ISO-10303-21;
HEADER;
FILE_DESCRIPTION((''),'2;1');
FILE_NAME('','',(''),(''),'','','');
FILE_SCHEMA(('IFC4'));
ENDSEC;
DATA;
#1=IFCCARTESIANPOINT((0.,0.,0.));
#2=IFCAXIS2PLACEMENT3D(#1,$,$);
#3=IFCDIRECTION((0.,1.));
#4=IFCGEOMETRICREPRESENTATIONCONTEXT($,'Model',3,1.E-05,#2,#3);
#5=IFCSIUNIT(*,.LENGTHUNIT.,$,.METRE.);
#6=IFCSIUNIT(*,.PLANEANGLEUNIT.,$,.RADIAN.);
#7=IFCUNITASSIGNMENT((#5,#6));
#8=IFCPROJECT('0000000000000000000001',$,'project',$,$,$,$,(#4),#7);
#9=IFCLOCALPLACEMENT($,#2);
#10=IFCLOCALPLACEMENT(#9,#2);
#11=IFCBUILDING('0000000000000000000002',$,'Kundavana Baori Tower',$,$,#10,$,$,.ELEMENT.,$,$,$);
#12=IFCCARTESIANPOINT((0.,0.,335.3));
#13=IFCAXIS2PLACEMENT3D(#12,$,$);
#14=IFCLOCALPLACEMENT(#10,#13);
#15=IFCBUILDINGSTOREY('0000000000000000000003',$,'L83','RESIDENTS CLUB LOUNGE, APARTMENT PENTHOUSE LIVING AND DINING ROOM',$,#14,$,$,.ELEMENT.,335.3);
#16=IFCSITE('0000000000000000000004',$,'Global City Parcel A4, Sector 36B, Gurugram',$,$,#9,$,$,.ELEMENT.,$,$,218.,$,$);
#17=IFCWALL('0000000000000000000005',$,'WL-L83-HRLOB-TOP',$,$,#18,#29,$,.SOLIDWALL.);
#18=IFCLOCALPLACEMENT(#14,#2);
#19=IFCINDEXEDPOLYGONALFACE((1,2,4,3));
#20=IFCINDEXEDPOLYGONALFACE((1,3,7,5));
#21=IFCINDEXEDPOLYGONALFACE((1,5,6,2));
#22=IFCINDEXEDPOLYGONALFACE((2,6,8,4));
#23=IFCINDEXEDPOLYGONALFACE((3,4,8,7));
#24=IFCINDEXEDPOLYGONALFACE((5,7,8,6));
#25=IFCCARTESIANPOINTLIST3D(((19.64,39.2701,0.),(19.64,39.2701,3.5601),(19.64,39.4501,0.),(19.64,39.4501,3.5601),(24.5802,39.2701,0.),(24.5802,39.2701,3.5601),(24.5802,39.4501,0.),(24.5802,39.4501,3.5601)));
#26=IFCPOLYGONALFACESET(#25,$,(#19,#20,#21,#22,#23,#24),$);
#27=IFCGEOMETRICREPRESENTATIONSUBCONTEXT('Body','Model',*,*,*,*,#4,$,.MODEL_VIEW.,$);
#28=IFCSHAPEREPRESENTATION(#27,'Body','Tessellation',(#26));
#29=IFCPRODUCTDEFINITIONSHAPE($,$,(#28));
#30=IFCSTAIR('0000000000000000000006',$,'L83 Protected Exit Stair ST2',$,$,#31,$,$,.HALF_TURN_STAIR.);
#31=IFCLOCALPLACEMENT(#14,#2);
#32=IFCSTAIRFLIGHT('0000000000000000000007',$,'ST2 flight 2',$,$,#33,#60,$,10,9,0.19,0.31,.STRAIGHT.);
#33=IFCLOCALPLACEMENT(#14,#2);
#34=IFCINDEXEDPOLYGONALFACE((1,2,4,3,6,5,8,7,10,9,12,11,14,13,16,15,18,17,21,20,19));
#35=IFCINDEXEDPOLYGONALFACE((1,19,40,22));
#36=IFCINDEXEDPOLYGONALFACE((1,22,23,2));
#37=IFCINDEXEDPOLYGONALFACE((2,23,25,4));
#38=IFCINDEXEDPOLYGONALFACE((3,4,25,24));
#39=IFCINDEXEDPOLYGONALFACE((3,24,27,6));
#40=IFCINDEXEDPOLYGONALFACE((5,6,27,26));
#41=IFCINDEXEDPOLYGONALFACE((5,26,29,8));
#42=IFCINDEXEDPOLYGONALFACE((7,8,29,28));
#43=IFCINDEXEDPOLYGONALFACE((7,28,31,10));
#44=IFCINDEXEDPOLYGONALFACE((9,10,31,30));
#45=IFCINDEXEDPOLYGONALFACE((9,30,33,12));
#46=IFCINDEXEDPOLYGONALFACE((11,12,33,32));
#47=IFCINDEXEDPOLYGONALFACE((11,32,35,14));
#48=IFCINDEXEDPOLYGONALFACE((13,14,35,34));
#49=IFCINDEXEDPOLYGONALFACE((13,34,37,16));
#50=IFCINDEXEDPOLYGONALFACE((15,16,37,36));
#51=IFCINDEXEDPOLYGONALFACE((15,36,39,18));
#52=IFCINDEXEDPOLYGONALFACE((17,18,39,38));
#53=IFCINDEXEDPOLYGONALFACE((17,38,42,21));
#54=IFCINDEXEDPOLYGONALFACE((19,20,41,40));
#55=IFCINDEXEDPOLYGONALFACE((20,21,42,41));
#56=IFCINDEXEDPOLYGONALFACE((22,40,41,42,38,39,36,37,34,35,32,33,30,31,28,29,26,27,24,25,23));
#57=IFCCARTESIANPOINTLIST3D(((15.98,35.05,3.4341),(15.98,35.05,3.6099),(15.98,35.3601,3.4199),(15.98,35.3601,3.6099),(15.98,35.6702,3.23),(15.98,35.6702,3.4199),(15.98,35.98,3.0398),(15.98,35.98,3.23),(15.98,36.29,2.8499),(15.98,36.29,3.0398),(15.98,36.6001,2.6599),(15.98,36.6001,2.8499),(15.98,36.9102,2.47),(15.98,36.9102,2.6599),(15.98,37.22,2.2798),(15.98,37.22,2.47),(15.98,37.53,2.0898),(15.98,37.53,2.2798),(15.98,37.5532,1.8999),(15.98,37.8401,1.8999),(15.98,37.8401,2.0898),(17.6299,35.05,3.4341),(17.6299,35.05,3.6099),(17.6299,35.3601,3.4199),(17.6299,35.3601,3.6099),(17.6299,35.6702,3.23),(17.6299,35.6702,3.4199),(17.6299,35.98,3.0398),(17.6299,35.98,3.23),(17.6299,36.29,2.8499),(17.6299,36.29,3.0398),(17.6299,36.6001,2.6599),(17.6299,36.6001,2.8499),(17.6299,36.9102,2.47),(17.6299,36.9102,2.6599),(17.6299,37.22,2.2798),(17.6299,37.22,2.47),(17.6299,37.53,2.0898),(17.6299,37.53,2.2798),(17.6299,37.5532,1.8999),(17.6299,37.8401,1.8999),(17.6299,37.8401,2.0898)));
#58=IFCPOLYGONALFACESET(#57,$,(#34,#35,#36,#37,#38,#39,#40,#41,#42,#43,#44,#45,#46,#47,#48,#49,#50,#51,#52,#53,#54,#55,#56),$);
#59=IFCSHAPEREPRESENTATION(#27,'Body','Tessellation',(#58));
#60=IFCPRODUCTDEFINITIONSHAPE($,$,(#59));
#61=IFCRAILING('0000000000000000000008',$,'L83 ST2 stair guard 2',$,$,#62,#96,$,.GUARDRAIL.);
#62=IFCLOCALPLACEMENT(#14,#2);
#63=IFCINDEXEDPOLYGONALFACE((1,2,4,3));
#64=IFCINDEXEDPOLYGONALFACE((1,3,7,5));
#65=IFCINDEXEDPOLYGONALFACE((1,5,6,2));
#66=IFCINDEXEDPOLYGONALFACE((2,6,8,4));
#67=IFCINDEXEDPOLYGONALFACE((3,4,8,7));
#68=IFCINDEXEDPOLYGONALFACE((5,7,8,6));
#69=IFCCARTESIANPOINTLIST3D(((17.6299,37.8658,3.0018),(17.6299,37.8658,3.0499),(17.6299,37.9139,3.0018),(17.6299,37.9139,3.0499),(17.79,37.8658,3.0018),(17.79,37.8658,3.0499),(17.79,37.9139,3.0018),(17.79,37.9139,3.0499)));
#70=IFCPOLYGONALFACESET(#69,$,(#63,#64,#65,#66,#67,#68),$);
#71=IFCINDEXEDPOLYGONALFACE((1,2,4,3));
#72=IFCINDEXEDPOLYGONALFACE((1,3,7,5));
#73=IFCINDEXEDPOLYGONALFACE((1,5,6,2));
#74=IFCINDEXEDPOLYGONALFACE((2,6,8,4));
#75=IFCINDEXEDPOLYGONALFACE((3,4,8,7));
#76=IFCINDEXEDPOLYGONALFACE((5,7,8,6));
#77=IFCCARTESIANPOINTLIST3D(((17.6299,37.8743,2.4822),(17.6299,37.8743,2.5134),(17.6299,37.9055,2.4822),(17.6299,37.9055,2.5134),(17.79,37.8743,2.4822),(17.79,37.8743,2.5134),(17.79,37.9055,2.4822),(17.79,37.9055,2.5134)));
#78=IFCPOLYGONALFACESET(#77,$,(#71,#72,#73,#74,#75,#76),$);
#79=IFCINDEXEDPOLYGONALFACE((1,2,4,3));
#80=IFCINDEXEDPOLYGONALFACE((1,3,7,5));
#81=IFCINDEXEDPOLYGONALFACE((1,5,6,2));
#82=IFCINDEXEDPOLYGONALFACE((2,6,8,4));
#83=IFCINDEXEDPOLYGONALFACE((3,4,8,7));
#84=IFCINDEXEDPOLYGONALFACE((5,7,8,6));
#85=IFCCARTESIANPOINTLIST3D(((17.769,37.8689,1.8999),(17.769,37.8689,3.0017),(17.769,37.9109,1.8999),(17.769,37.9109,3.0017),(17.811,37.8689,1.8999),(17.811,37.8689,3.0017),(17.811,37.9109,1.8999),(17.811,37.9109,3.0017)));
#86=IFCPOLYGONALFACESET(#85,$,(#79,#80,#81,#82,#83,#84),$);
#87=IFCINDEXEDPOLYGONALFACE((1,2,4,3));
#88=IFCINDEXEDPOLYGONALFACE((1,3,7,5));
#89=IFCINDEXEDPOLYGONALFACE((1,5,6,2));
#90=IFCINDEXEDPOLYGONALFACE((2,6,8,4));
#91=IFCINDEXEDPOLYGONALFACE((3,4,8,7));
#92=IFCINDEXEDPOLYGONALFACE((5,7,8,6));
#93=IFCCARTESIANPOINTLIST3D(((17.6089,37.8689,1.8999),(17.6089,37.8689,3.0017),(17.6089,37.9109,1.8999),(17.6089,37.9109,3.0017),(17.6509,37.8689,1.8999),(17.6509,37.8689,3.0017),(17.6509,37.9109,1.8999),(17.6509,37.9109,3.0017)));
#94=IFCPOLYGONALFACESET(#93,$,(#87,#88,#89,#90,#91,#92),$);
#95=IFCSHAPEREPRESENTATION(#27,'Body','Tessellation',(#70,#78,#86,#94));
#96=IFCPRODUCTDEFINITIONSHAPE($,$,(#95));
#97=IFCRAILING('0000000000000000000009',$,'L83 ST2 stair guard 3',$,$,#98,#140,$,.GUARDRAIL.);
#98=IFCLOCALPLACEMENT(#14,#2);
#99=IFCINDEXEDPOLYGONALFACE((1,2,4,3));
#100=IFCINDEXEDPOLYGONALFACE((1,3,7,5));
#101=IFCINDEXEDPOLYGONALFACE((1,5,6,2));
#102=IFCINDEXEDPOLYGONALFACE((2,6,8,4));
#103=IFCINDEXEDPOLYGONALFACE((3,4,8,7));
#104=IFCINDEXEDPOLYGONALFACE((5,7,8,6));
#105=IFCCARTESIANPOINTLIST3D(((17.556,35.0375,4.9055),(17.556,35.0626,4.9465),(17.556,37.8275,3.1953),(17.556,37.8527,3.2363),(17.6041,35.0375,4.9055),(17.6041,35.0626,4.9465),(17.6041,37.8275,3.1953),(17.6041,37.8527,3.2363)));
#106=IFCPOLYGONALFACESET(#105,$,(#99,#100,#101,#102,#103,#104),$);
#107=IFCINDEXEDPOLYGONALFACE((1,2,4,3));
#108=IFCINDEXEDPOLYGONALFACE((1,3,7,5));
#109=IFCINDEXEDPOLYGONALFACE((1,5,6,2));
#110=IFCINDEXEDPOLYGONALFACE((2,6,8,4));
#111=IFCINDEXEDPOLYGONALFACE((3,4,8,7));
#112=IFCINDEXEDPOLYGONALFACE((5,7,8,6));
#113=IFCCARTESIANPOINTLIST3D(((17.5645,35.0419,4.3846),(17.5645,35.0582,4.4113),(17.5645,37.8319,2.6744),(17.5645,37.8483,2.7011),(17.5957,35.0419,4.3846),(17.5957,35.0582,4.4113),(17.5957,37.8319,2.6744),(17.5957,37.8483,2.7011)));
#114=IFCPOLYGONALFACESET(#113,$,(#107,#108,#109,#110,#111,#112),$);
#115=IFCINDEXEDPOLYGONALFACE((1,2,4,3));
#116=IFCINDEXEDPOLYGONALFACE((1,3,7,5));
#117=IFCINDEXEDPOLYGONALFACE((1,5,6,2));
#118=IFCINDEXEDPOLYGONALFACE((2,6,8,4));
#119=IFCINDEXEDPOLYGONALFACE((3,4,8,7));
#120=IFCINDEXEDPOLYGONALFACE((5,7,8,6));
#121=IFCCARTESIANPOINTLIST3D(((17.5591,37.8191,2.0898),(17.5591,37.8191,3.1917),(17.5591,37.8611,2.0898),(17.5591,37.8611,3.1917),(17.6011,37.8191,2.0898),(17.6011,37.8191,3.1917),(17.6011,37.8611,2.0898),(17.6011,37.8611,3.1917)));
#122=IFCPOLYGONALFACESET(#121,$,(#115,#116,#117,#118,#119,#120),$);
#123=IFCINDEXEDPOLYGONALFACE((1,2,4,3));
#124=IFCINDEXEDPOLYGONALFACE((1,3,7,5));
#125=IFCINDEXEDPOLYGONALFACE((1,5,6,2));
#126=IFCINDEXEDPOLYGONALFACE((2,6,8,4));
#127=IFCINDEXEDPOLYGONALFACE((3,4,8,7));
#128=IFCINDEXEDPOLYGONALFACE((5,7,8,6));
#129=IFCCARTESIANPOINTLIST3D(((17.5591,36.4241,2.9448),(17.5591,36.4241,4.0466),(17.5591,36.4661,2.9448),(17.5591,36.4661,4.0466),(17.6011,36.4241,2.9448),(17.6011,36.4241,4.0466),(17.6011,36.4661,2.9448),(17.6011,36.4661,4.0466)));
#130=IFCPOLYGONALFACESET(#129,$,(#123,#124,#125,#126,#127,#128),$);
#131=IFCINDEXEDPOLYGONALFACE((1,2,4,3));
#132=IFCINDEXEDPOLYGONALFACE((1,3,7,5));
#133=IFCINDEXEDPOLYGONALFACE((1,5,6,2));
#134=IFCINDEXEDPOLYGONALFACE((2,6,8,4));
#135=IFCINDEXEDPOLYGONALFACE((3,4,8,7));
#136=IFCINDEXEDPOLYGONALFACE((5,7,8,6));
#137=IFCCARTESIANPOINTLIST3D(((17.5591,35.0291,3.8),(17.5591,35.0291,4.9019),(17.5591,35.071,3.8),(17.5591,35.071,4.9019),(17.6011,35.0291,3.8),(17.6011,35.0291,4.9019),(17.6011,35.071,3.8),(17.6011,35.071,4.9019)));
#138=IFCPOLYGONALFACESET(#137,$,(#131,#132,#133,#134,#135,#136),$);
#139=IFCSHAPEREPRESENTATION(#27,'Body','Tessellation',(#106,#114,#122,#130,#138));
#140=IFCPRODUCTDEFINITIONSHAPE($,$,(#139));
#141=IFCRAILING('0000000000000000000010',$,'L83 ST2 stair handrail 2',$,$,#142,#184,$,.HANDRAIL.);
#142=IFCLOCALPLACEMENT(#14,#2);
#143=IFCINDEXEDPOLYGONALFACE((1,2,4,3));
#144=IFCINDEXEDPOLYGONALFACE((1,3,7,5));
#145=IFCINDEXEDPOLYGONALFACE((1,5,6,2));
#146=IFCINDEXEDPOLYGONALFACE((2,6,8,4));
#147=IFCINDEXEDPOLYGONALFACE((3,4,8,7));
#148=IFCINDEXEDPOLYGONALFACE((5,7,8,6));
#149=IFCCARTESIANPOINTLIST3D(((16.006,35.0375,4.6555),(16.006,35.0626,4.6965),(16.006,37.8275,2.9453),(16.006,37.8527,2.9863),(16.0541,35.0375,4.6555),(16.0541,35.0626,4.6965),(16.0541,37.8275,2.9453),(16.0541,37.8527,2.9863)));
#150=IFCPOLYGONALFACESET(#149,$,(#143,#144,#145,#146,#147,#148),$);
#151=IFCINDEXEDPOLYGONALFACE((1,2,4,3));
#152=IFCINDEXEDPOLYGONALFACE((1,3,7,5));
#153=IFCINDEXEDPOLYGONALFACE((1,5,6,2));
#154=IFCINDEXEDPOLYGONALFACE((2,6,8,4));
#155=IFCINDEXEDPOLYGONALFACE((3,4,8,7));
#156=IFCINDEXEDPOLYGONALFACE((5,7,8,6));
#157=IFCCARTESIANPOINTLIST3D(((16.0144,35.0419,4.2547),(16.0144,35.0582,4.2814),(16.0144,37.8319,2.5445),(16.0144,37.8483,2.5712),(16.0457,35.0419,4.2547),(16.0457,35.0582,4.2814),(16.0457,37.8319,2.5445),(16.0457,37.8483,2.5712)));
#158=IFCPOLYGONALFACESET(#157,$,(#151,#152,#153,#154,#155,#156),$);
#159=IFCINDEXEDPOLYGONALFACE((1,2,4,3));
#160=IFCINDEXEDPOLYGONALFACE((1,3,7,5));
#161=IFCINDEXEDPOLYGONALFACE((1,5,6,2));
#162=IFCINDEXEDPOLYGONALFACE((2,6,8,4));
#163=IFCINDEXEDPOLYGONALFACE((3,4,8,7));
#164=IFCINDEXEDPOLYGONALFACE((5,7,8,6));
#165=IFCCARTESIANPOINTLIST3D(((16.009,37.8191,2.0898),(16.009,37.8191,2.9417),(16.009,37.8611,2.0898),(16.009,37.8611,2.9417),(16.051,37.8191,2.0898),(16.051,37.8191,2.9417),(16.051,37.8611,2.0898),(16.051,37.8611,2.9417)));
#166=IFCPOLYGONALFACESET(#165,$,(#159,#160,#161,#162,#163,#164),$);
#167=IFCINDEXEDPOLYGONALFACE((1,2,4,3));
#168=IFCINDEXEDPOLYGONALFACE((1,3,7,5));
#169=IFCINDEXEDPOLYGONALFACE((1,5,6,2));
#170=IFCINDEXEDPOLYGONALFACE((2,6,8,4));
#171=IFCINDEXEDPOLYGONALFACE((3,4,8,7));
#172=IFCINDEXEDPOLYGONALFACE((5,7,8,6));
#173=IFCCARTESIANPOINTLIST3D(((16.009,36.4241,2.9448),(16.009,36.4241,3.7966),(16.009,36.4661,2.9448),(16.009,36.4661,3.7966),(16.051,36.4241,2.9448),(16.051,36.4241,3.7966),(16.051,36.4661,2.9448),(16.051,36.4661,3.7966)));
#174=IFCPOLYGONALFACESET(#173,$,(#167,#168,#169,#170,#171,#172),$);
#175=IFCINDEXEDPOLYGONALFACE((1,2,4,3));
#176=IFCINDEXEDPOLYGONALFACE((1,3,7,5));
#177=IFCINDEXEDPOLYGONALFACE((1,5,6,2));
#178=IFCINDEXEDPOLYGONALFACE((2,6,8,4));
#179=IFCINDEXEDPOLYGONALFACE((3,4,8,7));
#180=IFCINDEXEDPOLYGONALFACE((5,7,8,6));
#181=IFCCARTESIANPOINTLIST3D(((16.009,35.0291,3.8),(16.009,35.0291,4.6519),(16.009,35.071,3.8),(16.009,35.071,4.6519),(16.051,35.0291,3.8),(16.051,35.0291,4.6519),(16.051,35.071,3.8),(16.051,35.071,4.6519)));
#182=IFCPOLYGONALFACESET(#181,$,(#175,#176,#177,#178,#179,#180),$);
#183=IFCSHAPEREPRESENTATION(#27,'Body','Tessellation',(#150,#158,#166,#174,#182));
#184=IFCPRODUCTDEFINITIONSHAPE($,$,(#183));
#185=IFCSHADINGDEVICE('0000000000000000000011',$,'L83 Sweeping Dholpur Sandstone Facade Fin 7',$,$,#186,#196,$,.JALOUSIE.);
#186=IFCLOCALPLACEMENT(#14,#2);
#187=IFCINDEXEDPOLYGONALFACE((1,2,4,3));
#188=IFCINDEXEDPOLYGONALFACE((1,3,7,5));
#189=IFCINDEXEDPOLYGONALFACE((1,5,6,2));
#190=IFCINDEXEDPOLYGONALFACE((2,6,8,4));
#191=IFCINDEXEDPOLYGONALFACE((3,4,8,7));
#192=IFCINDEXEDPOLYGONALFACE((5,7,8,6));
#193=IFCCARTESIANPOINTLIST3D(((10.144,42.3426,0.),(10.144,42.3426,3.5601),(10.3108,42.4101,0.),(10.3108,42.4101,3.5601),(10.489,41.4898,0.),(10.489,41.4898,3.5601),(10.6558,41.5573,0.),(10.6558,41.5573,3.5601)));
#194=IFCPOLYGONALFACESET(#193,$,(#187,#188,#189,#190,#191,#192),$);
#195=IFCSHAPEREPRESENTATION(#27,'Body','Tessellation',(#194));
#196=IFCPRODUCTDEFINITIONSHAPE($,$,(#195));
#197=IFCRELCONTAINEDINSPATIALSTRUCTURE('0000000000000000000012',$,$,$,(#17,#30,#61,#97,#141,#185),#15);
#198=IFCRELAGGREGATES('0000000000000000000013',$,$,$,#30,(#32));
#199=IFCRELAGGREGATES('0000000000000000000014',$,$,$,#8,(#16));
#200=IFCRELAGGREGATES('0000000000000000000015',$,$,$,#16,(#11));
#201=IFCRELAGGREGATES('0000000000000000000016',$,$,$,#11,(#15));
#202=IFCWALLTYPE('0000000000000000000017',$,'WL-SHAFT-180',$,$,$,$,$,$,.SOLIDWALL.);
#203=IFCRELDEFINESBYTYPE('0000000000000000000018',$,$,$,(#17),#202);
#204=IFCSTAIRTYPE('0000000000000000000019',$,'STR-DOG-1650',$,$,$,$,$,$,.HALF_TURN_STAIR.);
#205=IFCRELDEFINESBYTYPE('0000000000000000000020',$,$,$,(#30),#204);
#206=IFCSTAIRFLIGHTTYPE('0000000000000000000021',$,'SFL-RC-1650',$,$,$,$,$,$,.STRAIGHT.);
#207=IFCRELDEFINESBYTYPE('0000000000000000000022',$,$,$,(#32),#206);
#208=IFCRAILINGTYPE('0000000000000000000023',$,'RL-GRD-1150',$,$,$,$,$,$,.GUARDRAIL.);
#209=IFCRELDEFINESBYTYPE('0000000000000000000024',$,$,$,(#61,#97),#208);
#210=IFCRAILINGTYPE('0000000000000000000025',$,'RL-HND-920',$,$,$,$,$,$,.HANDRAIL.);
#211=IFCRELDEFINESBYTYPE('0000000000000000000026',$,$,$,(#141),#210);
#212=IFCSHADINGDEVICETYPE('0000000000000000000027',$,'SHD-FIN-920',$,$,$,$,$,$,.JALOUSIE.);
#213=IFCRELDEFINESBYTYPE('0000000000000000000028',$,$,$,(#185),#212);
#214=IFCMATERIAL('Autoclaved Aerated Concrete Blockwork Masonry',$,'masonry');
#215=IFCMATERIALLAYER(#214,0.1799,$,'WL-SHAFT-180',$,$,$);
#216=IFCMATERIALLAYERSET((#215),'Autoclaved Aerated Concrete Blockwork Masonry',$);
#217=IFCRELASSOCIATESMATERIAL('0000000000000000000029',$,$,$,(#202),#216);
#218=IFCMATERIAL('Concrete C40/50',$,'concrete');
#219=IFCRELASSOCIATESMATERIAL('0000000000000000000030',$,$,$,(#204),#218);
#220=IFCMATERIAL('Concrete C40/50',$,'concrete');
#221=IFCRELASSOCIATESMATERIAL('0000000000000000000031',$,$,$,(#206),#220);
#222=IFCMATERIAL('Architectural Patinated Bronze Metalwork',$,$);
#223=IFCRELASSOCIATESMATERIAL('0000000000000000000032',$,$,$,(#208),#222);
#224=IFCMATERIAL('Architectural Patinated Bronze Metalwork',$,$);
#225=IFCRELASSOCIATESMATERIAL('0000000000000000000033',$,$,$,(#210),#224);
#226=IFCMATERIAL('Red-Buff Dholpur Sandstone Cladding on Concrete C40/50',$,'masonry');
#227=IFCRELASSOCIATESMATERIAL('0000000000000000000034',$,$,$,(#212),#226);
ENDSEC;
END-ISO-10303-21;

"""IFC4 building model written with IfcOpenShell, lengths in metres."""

from ifc_helpers import new_model, si_unit, direction, frame, frame_2d, origin, origin_2d, place, context, subcontext, project, spatial, polyline, rectangle, outline, extrude, material, layer, layer_set, type_object, element, aggregate, save


model = new_model("IFC4")

# Units and contexts
model_context = context("Model", 3, precision=1e-05, world=origin(), true_north=direction((0.0, 1.0)))
body_context = subcontext(model_context, "Body", "Model", "MODEL_VIEW")
ifc_project = project(units=[si_unit("LENGTHUNIT", "METRE"), si_unit("PLANEANGLEUNIT", "RADIAN")], contexts=[model_context])

# Site, building, storey
site_placement = place(None, origin())
site = spatial("IfcSite", under=ifc_project, at=site_placement, Name="Global City Parcel A4, Sector 36B, Gurugram", CompositionType="ELEMENT", RefElevation=218.0)
building_placement = place(site_placement, origin())
building = spatial("IfcBuilding", under=site, at=building_placement, Name="Kundavana Baori Tower", CompositionType="ELEMENT")
storey_placement = place(building_placement, frame((0.0, 0.0, 335.3)))
storey = spatial("IfcBuildingStorey", under=building, at=storey_placement, Name="L83", Description="RESIDENTS CLUB LOUNGE, APARTMENT PENTHOUSE LIVING AND DINING ROOM", CompositionType="ELEMENT", Elevation=335.3)

# Wall
ifc_material_1 = material(Name="Autoclaved Aerated Concrete Blockwork Masonry", Category="masonry")
ifc_layer_1 = layer(ifc_material_1, 0.1799, Name="WL-SHAFT-180")
ifc_layer_set_1 = layer_set([ifc_layer_1], Name="Autoclaved Aerated Concrete Blockwork Masonry")
wall_type_1 = type_object("IfcWallType", Name="WL-SHAFT-180", PredefinedType="SOLIDWALL", material=ifc_layer_set_1)
wall_1_placement = place(storey_placement, frame((19.6399, 39.3601, 0.0), z_axis=(0.0, 0.0, 1.0), x_axis=(1.0, 0.0, 0.0)))
element("IfcWall", 1, at=wall_1_placement, inside=storey, type_object=wall_type_1, Name="WL-L83-HRLOB-TOP", PredefinedType="SOLIDWALL", context=body_context, shape_type="SweptSolid", body=[
    extrude(rectangle(XDim=4.9402, YDim=0.1799, at=frame_2d((2.4702, 0.0))), origin(), (0.0, 0.0, 1.0), 3.5601),
])

# Stair, stair flight
ifc_material_2 = material(Name="Concrete C40/50", Category="concrete")
stair_type = type_object("IfcStairType", Name="STR-DOG-1650", PredefinedType="HALF_TURN_STAIR", material=ifc_material_2)
stair_placement = place(storey_placement, origin())
stair = element("IfcStair", 2, at=stair_placement, inside=storey, type_object=stair_type, Name="L83 Protected Exit Stair ST2", PredefinedType="HALF_TURN_STAIR")
ifc_material_3 = material(Name="Concrete C40/50", Category="concrete")
stair_flight_type = type_object("IfcStairFlightType", Name="SFL-RC-1650", PredefinedType="STRAIGHT", material=ifc_material_3)
stair_flight_placement = place(storey_placement, frame((16.8049, 37.8401, 1.8999), z_axis=(0.0, 0.0, 1.0), x_axis=(0.0, -1.0, 0.0)))
stair_flight = element("IfcStairFlight", 3, at=stair_flight_placement, type_object=stair_flight_type, Name="ST2 flight 2", NumberOfRisers=10, NumberOfTreads=9, PredefinedType="STRAIGHT", RiserHeight=0.19, TreadLength=0.31, context=body_context, shape_type="SweptSolid", body=[
    extrude(outline(polyline([(0.0, 0.0), (0.0, 0.1899), (0.3101, 0.1899), (0.3101, 0.3799), (0.6201, 0.3799), (0.6201, 0.5701), (0.9299, 0.5701), (0.9299, 0.76), (1.24, 0.76), (1.24, 0.95), (1.55, 0.95), (1.55, 1.1399), (1.8601, 1.1399), (1.8601, 1.3301), (2.1699, 1.3301), (2.1699, 1.52), (2.48, 1.52), (2.48, 1.71), (2.79, 1.71), (2.79, 1.8999), (2.79, 1.5342), (0.2869, 0.0), (0.0, 0.0)])), frame((0.0, 0.825, 0.0), z_axis=(0.0, -1.0, 0.0), x_axis=(1.0, 0.0, 0.0)), (0.0, 0.0, 1.0), 1.6499),
])
aggregate(stair, [stair_flight])

# Railings
ifc_material_4 = material(Name="Architectural Patinated Bronze Metalwork")
railing_type_1 = type_object("IfcRailingType", Name="RL-GRD-1150", PredefinedType="GUARDRAIL", material=ifc_material_4)
railing_1_placement = place(storey_placement, frame((17.79, 37.8899, 1.8999)))
element("IfcRailing", 4, at=railing_1_placement, inside=storey, type_object=railing_type_1, Name="L83 ST2 stair guard 2", PredefinedType="GUARDRAIL", context=body_context, shape_type="SweptSolid", body=[
    extrude(rectangle(XDim=0.0481, YDim=0.0481, at=origin_2d()), frame((0.0, 0.0, 1.126), z_axis=(-1.0, 0.0, 0.0), x_axis=(0.0, -1.0, 0.0)), (0.0, 0.0, 1.0), 0.1602),
    extrude(rectangle(XDim=0.0312, YDim=0.0312, at=origin_2d()), frame((0.0, 0.0, 0.5979), z_axis=(-1.0, 0.0, 0.0), x_axis=(0.0, -1.0, 0.0)), (0.0, 0.0, 1.0), 0.1602),
    extrude(rectangle(XDim=0.042, YDim=0.042, at=origin_2d()), origin(), (0.0, 0.0, 1.0), 1.1018),
    extrude(rectangle(XDim=0.042, YDim=0.042, at=origin_2d()), frame((-0.1602, 0.0, 0.0)), (0.0, 0.0, 1.0), 1.1018),
])
railing_2_placement = place(storey_placement, frame((17.5801, 37.8401, 2.0898)))
element("IfcRailing", 5, at=railing_2_placement, inside=storey, type_object=railing_type_1, Name="L83 ST2 stair guard 3", PredefinedType="GUARDRAIL", context=body_context, shape_type="SweptSolid", body=[
    extrude(rectangle(XDim=0.0481, YDim=0.0481, at=origin_2d()), frame((0.0, 0.0, 1.126), z_axis=(0.0, -0.852577, 0.522602), x_axis=(1.0, 0.0, 0.0)), (0.0, 0.0, 1.0), 3.2725),
    extrude(rectangle(XDim=0.0312, YDim=0.0312, at=origin_2d()), frame((0.0, 0.0, 0.5979), z_axis=(0.0, -0.852577, 0.522602), x_axis=(1.0, 0.0, 0.0)), (0.0, 0.0, 1.0), 3.2725),
    extrude(rectangle(XDim=0.042, YDim=0.042, at=origin_2d()), origin(), (0.0, 0.0, 1.0), 1.1018),
    extrude(rectangle(XDim=0.042, YDim=0.042, at=origin_2d()), frame((0.0, -1.395, 0.855)), (0.0, 0.0, 1.0), 1.1018),
    extrude(rectangle(XDim=0.042, YDim=0.042, at=origin_2d()), frame((0.0, -2.79, 1.7102)), (0.0, 0.0, 1.0), 1.1018),
])
ifc_material_5 = material(Name="Architectural Patinated Bronze Metalwork")
railing_type_2 = type_object("IfcRailingType", Name="RL-HND-920", PredefinedType="HANDRAIL", material=ifc_material_5)
railing_3_placement = place(storey_placement, frame((16.03, 37.8401, 2.0898)))
element("IfcRailing", 6, at=railing_3_placement, inside=storey, type_object=railing_type_2, Name="L83 ST2 stair handrail 2", PredefinedType="HANDRAIL", context=body_context, shape_type="SweptSolid", body=[
    extrude(rectangle(XDim=0.0481, YDim=0.0481, at=origin_2d()), frame((0.0, 0.0, 0.876), z_axis=(0.0, -0.852577, 0.522602), x_axis=(1.0, 0.0, 0.0)), (0.0, 0.0, 1.0), 3.2725),
    extrude(rectangle(XDim=0.0312, YDim=0.0312, at=origin_2d()), frame((0.0, 0.0, 0.468), z_axis=(0.0, -0.852577, 0.522602), x_axis=(1.0, 0.0, 0.0)), (0.0, 0.0, 1.0), 3.2725),
    extrude(rectangle(XDim=0.042, YDim=0.042, at=origin_2d()), origin(), (0.0, 0.0, 1.0), 0.8518),
    extrude(rectangle(XDim=0.042, YDim=0.042, at=origin_2d()), frame((0.0, -1.395, 0.855)), (0.0, 0.0, 1.0), 0.8518),
    extrude(rectangle(XDim=0.042, YDim=0.042, at=origin_2d()), frame((0.0, -2.79, 1.7102)), (0.0, 0.0, 1.0), 0.8518),
])

# Shading device
ifc_material_6 = material(Name="Red-Buff Dholpur Sandstone Cladding on Concrete C40/50", Category="masonry")
shading_device_type = type_object("IfcShadingDeviceType", Name="SHD-FIN-920", PredefinedType="JALOUSIE", material=ifc_material_6)
shading_device_placement = place(storey_placement, frame((10.3999, 41.95, 0.0), z_axis=(0.0, 0.0, 1.0), x_axis=(0.926988, 0.375092, 0.0)))
element("IfcShadingDevice", 7, at=shading_device_placement, inside=storey, type_object=shading_device_type, Name="L83 Sweeping Dholpur Sandstone Facade Fin 7", PredefinedType="JALOUSIE", context=body_context, shape_type="SweptSolid", body=[
    extrude(rectangle(XDim=0.1799, YDim=0.9199, at=origin_2d()), origin(), (0.0, 0.0, 1.0), 3.5601),
])

save(model, "model.ifc")
